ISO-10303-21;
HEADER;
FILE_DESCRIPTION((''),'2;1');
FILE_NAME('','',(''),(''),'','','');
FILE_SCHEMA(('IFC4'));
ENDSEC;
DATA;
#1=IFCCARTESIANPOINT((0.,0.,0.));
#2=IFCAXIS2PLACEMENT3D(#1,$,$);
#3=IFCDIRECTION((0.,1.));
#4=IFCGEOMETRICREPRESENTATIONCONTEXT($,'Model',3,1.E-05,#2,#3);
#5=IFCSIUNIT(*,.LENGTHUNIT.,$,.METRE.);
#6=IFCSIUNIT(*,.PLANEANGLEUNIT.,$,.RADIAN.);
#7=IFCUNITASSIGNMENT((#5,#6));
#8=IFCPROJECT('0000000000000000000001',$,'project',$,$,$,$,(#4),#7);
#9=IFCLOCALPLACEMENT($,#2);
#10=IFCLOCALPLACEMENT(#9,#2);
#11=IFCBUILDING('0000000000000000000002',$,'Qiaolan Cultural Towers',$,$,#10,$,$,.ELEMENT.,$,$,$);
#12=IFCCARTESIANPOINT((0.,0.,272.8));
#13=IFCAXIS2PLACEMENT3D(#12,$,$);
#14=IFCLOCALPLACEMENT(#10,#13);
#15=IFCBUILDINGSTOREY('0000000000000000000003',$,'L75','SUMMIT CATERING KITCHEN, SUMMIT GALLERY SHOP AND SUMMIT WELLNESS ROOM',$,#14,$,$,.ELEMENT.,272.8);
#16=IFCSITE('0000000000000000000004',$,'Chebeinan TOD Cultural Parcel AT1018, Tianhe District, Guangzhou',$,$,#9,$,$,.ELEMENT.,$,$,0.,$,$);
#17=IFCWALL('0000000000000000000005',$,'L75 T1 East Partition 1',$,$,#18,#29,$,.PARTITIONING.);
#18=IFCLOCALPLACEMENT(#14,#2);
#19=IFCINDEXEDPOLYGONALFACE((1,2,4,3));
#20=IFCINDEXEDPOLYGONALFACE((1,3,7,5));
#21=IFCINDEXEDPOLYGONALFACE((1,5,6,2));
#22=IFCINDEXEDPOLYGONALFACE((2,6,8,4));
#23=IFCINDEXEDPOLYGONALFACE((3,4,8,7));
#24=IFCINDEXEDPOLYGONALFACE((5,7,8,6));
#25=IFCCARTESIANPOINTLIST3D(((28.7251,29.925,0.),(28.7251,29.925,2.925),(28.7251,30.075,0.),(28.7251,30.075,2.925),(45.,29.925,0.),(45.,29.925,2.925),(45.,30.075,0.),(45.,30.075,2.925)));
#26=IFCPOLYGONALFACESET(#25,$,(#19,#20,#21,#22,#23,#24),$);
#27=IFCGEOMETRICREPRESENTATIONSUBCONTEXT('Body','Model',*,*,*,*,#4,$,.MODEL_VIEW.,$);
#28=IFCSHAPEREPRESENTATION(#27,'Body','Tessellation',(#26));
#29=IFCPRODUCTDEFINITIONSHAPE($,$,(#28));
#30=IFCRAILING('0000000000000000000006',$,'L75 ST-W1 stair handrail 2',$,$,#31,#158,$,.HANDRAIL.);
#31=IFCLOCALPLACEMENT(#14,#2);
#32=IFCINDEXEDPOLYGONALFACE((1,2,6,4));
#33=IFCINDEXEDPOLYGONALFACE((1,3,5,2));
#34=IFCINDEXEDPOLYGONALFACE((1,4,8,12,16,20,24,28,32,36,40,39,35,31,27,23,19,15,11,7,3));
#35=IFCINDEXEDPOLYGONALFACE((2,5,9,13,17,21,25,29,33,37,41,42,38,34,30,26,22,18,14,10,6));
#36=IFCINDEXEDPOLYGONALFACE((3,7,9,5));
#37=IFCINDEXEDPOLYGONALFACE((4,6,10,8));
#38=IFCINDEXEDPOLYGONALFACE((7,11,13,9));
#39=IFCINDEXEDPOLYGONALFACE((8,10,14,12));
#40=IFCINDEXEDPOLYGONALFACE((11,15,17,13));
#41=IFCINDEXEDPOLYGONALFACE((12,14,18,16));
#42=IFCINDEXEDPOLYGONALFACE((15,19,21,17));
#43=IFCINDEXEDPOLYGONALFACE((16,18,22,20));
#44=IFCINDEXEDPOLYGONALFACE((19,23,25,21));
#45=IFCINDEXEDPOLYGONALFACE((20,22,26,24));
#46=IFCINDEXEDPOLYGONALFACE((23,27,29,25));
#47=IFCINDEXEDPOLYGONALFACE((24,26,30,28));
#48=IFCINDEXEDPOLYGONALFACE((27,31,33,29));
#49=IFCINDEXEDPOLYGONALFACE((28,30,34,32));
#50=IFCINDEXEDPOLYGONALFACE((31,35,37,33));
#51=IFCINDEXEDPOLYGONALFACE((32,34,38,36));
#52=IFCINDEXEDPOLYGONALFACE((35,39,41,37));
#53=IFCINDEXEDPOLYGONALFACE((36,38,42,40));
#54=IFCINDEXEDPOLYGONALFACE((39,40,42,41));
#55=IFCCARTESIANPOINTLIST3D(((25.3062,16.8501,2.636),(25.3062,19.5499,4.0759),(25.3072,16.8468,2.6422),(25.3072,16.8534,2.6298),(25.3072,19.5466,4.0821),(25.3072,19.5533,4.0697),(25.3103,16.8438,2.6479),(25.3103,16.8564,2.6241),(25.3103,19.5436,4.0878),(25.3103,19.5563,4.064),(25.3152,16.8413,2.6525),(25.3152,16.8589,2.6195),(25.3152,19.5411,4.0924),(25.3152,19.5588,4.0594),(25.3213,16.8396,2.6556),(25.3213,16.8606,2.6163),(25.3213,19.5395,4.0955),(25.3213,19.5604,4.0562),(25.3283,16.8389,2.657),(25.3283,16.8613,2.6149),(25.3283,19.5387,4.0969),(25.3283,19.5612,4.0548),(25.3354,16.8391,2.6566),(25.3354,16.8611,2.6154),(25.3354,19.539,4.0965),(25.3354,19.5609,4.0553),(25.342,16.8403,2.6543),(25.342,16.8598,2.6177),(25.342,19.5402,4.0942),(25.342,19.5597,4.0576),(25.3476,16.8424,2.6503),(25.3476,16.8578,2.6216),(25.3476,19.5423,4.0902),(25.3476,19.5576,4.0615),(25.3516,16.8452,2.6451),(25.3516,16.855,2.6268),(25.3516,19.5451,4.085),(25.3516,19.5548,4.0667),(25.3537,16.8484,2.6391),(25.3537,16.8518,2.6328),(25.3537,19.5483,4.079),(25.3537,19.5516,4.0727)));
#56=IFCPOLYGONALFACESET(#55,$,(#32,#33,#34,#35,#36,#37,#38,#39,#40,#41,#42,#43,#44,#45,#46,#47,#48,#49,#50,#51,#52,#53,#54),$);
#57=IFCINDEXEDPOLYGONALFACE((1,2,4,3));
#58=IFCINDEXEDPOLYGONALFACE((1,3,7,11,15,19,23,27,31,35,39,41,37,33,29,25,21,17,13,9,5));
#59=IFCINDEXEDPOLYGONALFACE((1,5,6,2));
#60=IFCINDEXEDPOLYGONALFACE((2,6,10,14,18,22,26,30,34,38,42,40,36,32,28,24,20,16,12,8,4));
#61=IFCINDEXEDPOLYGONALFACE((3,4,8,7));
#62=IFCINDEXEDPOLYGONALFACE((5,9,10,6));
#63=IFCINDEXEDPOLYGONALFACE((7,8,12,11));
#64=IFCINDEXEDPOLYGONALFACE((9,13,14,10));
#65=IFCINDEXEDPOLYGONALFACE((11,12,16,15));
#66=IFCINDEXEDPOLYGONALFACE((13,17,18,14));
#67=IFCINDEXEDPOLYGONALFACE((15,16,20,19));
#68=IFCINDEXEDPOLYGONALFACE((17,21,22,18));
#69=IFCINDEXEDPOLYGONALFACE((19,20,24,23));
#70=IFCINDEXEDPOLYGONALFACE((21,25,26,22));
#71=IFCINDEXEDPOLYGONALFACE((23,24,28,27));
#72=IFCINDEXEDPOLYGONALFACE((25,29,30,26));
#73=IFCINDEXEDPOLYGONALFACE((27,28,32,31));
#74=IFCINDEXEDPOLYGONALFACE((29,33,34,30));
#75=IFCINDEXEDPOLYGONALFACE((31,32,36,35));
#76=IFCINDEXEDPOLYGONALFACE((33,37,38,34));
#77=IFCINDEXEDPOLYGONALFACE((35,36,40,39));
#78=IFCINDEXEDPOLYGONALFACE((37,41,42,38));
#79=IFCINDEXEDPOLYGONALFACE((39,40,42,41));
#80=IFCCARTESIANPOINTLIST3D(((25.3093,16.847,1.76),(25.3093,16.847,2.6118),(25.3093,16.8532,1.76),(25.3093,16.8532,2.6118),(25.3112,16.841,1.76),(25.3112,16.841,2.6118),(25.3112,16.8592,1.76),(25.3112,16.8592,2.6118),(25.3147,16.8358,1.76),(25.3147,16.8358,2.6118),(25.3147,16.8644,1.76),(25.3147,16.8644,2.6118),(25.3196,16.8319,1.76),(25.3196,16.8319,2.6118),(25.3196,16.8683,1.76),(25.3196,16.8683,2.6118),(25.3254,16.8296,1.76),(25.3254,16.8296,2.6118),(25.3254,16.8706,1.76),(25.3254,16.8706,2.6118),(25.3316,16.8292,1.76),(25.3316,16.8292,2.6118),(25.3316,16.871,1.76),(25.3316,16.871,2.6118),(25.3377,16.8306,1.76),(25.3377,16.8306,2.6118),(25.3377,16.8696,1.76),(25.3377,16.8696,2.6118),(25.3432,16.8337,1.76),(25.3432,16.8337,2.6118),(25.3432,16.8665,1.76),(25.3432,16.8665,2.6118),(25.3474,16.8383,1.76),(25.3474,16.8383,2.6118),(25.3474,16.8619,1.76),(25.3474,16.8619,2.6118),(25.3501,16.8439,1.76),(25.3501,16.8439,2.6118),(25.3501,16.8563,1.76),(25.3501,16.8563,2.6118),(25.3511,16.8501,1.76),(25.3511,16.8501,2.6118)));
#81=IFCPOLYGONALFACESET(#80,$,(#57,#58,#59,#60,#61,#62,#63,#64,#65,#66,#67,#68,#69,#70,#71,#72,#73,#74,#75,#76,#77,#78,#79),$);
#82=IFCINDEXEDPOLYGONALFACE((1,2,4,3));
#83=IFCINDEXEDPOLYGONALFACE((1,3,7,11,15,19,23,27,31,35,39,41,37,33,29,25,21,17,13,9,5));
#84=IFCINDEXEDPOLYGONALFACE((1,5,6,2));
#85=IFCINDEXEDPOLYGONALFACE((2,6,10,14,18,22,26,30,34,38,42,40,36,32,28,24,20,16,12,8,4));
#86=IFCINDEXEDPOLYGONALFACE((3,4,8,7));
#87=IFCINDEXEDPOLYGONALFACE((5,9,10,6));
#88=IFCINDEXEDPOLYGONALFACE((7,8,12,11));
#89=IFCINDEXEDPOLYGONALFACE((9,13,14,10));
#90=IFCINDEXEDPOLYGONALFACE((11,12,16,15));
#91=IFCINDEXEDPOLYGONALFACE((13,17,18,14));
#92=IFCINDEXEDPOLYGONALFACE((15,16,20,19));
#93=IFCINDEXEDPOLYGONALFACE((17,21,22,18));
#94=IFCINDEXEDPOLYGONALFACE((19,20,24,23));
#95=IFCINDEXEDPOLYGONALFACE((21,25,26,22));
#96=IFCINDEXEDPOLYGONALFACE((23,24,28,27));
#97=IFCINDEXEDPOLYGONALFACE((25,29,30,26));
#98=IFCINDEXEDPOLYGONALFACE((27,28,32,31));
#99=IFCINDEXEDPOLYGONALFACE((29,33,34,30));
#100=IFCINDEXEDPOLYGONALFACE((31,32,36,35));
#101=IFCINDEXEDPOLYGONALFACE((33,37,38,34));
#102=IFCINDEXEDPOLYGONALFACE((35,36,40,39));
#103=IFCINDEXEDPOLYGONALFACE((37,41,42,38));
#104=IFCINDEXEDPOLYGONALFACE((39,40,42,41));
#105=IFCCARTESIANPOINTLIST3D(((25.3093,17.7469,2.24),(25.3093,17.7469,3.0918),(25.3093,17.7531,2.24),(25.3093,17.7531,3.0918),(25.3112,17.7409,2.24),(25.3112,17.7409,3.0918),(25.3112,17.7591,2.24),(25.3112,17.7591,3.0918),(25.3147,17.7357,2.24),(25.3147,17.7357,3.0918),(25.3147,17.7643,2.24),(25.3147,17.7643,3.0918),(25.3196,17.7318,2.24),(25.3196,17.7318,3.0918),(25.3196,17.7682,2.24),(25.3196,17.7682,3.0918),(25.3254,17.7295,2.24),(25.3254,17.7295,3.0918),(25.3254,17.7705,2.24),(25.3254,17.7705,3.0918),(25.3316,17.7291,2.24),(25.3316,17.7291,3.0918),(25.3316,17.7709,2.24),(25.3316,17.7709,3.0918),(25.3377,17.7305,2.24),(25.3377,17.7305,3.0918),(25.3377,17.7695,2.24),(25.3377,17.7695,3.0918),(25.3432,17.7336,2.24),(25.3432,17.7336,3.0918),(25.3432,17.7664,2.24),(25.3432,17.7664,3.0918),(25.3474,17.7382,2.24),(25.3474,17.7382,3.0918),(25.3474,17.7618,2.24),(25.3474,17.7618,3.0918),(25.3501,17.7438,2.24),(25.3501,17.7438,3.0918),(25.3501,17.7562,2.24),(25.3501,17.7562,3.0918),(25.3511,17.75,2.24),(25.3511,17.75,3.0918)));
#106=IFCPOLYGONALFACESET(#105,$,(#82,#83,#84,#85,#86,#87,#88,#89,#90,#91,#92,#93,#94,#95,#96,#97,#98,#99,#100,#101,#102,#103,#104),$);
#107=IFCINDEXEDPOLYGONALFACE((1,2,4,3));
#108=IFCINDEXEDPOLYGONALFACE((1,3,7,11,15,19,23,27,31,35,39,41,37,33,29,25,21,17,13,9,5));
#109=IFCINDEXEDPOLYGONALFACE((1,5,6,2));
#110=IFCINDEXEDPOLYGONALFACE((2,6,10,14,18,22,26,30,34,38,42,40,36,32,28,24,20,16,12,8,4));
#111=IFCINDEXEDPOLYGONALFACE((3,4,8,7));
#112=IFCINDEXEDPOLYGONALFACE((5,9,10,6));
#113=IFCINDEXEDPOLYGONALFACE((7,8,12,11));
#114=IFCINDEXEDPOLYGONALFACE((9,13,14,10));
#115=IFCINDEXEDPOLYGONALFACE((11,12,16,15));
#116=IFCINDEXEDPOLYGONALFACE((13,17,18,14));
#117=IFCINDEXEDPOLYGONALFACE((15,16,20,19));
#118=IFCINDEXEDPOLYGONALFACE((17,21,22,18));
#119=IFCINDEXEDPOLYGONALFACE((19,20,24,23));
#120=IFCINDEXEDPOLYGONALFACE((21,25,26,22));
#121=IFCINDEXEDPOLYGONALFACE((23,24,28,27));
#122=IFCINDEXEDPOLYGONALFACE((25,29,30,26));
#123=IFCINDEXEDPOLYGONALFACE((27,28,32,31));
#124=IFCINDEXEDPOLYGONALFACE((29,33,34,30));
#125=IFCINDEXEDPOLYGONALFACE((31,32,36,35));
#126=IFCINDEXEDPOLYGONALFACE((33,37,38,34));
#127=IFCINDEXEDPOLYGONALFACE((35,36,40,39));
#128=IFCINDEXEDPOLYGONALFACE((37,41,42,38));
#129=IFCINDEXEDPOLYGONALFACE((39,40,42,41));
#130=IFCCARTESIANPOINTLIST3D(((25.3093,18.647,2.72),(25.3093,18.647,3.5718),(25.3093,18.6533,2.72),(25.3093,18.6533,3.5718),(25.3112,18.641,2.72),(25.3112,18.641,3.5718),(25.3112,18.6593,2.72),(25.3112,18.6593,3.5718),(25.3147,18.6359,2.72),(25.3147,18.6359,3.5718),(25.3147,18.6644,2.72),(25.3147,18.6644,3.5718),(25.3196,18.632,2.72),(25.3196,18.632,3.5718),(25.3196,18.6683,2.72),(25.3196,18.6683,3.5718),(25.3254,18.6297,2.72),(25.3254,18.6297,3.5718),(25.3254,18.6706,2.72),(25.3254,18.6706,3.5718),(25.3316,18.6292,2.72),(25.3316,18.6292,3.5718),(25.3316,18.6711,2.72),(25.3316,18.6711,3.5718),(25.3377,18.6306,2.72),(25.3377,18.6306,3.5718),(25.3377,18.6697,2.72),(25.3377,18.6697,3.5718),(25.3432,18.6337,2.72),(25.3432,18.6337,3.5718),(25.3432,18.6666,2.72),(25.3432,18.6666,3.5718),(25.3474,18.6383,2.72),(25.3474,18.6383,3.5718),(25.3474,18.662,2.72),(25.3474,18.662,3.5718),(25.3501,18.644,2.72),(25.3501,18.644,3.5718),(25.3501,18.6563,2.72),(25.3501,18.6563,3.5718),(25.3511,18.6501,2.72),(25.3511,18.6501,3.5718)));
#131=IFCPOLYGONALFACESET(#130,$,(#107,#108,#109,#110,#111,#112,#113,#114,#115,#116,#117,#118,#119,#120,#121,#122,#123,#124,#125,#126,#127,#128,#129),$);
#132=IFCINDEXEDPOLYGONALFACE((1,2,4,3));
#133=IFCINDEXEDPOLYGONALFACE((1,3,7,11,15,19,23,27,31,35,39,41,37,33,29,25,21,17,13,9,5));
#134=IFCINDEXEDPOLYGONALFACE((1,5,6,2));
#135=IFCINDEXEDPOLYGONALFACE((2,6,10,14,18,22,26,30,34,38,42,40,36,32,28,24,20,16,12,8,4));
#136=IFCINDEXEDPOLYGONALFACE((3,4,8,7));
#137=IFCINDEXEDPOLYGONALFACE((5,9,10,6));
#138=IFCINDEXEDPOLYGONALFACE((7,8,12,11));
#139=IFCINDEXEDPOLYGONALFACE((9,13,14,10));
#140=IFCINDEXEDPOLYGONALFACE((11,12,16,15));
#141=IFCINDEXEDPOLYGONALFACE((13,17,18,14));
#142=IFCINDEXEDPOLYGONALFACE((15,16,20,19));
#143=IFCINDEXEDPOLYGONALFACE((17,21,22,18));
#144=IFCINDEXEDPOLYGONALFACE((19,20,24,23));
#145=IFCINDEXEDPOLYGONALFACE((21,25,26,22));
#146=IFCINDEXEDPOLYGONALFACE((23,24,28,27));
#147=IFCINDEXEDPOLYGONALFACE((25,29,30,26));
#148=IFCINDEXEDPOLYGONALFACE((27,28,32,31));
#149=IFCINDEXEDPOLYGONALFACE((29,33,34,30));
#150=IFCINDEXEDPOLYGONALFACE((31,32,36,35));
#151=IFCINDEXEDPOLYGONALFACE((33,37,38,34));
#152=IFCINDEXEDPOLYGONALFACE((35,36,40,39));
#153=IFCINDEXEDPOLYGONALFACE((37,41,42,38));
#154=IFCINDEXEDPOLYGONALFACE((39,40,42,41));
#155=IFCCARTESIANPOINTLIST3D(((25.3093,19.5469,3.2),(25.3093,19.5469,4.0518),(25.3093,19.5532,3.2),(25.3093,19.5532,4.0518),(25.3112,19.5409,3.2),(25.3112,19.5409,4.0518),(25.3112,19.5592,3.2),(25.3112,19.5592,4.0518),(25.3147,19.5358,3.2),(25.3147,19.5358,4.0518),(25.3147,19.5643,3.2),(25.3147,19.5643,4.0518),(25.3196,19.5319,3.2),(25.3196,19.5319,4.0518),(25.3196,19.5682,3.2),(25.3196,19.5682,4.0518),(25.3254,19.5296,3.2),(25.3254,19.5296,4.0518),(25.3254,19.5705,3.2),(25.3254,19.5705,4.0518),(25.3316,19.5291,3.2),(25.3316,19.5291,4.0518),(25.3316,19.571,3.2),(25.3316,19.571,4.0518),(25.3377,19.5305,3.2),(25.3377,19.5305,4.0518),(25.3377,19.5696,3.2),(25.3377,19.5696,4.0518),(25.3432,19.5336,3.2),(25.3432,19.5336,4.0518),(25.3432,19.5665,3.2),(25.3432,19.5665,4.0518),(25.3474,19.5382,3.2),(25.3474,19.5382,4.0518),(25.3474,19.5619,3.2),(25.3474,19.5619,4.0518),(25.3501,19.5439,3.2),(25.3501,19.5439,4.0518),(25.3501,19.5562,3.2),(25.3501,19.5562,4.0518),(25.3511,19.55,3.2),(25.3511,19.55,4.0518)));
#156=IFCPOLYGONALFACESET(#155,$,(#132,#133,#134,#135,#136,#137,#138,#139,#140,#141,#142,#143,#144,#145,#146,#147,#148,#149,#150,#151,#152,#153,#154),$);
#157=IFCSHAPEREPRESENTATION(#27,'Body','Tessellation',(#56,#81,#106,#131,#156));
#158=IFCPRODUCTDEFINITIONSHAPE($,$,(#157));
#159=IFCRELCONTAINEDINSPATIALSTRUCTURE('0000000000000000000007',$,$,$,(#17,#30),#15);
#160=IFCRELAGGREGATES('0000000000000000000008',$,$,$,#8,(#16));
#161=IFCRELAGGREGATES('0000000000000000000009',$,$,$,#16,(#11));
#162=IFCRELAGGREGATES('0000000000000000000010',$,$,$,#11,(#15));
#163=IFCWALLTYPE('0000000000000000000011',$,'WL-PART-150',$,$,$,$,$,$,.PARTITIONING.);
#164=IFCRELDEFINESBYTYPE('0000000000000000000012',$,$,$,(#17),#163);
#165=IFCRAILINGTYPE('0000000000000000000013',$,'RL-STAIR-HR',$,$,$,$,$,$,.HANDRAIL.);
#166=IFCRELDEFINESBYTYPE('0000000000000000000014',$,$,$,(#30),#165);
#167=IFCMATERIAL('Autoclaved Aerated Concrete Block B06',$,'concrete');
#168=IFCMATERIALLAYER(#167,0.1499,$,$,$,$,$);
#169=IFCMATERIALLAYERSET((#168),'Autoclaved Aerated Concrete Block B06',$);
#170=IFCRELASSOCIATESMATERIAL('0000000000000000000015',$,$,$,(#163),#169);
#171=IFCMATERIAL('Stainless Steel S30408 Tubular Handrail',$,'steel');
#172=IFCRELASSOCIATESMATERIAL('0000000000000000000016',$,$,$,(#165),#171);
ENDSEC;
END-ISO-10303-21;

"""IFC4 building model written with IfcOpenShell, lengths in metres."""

from ifc_helpers import new_model, si_unit, direction, frame, frame_2d, origin, origin_2d, place, context, subcontext, project, spatial, rectangle, circle, extrude, material, layer, layer_set, type_object, element, save


model = new_model("IFC4")

# Units and contexts
model_context = context("Model", 3, precision=1e-05, world=origin(), true_north=direction((0.0, 1.0)))
body_context = subcontext(model_context, "Body", "Model", "MODEL_VIEW")
ifc_project = project(units=[si_unit("LENGTHUNIT", "METRE"), si_unit("PLANEANGLEUNIT", "RADIAN")], contexts=[model_context])

# Site, building, storey
site_placement = place(None, origin())
site = spatial("IfcSite", under=ifc_project, at=site_placement, Name="Chebeinan TOD Cultural Parcel AT1018, Tianhe District, Guangzhou", CompositionType="ELEMENT", RefElevation=0.0)
building_placement = place(site_placement, origin())
building = spatial("IfcBuilding", under=site, at=building_placement, Name="Qiaolan Cultural Towers", CompositionType="ELEMENT")
storey_placement = place(building_placement, frame((0.0, 0.0, 272.8)))
storey = spatial("IfcBuildingStorey", under=building, at=storey_placement, Name="L75", Description="SUMMIT CATERING KITCHEN, SUMMIT GALLERY SHOP AND SUMMIT WELLNESS ROOM", CompositionType="ELEMENT", Elevation=272.8)

# Shared definitions
ifc_material_1 = material(Name="Autoclaved Aerated Concrete Block B06", Category="concrete")
ifc_layer_1 = layer(ifc_material_1, 0.1499)
ifc_layer_set_1 = layer_set([ifc_layer_1], Name="Autoclaved Aerated Concrete Block B06")
wall_type_1 = type_object("IfcWallType", Name="WL-PART-150", PredefinedType="PARTITIONING", material=ifc_layer_set_1)

# Wall
wall_1_placement = place(storey_placement, frame((28.7251, 30.0, 0.0), z_axis=(0.0, 0.0, 1.0), x_axis=(1.0, 0.0, 0.0)))
element("IfcWall", 1, at=wall_1_placement, inside=storey, type_object=wall_type_1, Name="L75 T1 East Partition 1", PredefinedType="PARTITIONING", context=body_context, shape_type="SweptSolid", body=[
    extrude(rectangle(XDim=16.2749, YDim=0.1499, at=frame_2d((8.1375, 0.0))), origin(), (0.0, 0.0, 1.0), 2.925),
])

# Railing
ifc_material_2 = material(Name="Stainless Steel S30408 Tubular Handrail", Category="steel")
railing_type = type_object("IfcRailingType", Name="RL-STAIR-HR", PredefinedType="HANDRAIL", material=ifc_material_2)
railing_placement = place(storey_placement, frame((25.3301, 16.8501, 1.76)))
element("IfcRailing", 2, at=railing_placement, inside=storey, type_object=railing_type, Name="L75 ST-W1 stair handrail 2", PredefinedType="HANDRAIL", context=body_context, shape_type="SweptSolid", body=[
    extrude(circle(Radius=0.0239, at=origin_2d()), frame((0.0, 0.0, 0.876), z_axis=(0.0, 0.882357, 0.47058), x_axis=(-1.0, 0.0, 0.0)), (0.0, 0.0, 1.0), 3.0598),
    extrude(circle(Radius=0.021, at=origin_2d()), origin(), (0.0, 0.0, 1.0), 0.8518),
    extrude(circle(Radius=0.021, at=origin_2d()), frame((0.0, 0.8999, 0.48)), (0.0, 0.0, 1.0), 0.8518),
    extrude(circle(Radius=0.021, at=origin_2d()), frame((0.0, 1.8, 0.96)), (0.0, 0.0, 1.0), 0.8518),
    extrude(circle(Radius=0.021, at=origin_2d()), frame((0.0, 2.7, 1.4399)), (0.0, 0.0, 1.0), 0.8518),
])

save(model, "model.ifc")
